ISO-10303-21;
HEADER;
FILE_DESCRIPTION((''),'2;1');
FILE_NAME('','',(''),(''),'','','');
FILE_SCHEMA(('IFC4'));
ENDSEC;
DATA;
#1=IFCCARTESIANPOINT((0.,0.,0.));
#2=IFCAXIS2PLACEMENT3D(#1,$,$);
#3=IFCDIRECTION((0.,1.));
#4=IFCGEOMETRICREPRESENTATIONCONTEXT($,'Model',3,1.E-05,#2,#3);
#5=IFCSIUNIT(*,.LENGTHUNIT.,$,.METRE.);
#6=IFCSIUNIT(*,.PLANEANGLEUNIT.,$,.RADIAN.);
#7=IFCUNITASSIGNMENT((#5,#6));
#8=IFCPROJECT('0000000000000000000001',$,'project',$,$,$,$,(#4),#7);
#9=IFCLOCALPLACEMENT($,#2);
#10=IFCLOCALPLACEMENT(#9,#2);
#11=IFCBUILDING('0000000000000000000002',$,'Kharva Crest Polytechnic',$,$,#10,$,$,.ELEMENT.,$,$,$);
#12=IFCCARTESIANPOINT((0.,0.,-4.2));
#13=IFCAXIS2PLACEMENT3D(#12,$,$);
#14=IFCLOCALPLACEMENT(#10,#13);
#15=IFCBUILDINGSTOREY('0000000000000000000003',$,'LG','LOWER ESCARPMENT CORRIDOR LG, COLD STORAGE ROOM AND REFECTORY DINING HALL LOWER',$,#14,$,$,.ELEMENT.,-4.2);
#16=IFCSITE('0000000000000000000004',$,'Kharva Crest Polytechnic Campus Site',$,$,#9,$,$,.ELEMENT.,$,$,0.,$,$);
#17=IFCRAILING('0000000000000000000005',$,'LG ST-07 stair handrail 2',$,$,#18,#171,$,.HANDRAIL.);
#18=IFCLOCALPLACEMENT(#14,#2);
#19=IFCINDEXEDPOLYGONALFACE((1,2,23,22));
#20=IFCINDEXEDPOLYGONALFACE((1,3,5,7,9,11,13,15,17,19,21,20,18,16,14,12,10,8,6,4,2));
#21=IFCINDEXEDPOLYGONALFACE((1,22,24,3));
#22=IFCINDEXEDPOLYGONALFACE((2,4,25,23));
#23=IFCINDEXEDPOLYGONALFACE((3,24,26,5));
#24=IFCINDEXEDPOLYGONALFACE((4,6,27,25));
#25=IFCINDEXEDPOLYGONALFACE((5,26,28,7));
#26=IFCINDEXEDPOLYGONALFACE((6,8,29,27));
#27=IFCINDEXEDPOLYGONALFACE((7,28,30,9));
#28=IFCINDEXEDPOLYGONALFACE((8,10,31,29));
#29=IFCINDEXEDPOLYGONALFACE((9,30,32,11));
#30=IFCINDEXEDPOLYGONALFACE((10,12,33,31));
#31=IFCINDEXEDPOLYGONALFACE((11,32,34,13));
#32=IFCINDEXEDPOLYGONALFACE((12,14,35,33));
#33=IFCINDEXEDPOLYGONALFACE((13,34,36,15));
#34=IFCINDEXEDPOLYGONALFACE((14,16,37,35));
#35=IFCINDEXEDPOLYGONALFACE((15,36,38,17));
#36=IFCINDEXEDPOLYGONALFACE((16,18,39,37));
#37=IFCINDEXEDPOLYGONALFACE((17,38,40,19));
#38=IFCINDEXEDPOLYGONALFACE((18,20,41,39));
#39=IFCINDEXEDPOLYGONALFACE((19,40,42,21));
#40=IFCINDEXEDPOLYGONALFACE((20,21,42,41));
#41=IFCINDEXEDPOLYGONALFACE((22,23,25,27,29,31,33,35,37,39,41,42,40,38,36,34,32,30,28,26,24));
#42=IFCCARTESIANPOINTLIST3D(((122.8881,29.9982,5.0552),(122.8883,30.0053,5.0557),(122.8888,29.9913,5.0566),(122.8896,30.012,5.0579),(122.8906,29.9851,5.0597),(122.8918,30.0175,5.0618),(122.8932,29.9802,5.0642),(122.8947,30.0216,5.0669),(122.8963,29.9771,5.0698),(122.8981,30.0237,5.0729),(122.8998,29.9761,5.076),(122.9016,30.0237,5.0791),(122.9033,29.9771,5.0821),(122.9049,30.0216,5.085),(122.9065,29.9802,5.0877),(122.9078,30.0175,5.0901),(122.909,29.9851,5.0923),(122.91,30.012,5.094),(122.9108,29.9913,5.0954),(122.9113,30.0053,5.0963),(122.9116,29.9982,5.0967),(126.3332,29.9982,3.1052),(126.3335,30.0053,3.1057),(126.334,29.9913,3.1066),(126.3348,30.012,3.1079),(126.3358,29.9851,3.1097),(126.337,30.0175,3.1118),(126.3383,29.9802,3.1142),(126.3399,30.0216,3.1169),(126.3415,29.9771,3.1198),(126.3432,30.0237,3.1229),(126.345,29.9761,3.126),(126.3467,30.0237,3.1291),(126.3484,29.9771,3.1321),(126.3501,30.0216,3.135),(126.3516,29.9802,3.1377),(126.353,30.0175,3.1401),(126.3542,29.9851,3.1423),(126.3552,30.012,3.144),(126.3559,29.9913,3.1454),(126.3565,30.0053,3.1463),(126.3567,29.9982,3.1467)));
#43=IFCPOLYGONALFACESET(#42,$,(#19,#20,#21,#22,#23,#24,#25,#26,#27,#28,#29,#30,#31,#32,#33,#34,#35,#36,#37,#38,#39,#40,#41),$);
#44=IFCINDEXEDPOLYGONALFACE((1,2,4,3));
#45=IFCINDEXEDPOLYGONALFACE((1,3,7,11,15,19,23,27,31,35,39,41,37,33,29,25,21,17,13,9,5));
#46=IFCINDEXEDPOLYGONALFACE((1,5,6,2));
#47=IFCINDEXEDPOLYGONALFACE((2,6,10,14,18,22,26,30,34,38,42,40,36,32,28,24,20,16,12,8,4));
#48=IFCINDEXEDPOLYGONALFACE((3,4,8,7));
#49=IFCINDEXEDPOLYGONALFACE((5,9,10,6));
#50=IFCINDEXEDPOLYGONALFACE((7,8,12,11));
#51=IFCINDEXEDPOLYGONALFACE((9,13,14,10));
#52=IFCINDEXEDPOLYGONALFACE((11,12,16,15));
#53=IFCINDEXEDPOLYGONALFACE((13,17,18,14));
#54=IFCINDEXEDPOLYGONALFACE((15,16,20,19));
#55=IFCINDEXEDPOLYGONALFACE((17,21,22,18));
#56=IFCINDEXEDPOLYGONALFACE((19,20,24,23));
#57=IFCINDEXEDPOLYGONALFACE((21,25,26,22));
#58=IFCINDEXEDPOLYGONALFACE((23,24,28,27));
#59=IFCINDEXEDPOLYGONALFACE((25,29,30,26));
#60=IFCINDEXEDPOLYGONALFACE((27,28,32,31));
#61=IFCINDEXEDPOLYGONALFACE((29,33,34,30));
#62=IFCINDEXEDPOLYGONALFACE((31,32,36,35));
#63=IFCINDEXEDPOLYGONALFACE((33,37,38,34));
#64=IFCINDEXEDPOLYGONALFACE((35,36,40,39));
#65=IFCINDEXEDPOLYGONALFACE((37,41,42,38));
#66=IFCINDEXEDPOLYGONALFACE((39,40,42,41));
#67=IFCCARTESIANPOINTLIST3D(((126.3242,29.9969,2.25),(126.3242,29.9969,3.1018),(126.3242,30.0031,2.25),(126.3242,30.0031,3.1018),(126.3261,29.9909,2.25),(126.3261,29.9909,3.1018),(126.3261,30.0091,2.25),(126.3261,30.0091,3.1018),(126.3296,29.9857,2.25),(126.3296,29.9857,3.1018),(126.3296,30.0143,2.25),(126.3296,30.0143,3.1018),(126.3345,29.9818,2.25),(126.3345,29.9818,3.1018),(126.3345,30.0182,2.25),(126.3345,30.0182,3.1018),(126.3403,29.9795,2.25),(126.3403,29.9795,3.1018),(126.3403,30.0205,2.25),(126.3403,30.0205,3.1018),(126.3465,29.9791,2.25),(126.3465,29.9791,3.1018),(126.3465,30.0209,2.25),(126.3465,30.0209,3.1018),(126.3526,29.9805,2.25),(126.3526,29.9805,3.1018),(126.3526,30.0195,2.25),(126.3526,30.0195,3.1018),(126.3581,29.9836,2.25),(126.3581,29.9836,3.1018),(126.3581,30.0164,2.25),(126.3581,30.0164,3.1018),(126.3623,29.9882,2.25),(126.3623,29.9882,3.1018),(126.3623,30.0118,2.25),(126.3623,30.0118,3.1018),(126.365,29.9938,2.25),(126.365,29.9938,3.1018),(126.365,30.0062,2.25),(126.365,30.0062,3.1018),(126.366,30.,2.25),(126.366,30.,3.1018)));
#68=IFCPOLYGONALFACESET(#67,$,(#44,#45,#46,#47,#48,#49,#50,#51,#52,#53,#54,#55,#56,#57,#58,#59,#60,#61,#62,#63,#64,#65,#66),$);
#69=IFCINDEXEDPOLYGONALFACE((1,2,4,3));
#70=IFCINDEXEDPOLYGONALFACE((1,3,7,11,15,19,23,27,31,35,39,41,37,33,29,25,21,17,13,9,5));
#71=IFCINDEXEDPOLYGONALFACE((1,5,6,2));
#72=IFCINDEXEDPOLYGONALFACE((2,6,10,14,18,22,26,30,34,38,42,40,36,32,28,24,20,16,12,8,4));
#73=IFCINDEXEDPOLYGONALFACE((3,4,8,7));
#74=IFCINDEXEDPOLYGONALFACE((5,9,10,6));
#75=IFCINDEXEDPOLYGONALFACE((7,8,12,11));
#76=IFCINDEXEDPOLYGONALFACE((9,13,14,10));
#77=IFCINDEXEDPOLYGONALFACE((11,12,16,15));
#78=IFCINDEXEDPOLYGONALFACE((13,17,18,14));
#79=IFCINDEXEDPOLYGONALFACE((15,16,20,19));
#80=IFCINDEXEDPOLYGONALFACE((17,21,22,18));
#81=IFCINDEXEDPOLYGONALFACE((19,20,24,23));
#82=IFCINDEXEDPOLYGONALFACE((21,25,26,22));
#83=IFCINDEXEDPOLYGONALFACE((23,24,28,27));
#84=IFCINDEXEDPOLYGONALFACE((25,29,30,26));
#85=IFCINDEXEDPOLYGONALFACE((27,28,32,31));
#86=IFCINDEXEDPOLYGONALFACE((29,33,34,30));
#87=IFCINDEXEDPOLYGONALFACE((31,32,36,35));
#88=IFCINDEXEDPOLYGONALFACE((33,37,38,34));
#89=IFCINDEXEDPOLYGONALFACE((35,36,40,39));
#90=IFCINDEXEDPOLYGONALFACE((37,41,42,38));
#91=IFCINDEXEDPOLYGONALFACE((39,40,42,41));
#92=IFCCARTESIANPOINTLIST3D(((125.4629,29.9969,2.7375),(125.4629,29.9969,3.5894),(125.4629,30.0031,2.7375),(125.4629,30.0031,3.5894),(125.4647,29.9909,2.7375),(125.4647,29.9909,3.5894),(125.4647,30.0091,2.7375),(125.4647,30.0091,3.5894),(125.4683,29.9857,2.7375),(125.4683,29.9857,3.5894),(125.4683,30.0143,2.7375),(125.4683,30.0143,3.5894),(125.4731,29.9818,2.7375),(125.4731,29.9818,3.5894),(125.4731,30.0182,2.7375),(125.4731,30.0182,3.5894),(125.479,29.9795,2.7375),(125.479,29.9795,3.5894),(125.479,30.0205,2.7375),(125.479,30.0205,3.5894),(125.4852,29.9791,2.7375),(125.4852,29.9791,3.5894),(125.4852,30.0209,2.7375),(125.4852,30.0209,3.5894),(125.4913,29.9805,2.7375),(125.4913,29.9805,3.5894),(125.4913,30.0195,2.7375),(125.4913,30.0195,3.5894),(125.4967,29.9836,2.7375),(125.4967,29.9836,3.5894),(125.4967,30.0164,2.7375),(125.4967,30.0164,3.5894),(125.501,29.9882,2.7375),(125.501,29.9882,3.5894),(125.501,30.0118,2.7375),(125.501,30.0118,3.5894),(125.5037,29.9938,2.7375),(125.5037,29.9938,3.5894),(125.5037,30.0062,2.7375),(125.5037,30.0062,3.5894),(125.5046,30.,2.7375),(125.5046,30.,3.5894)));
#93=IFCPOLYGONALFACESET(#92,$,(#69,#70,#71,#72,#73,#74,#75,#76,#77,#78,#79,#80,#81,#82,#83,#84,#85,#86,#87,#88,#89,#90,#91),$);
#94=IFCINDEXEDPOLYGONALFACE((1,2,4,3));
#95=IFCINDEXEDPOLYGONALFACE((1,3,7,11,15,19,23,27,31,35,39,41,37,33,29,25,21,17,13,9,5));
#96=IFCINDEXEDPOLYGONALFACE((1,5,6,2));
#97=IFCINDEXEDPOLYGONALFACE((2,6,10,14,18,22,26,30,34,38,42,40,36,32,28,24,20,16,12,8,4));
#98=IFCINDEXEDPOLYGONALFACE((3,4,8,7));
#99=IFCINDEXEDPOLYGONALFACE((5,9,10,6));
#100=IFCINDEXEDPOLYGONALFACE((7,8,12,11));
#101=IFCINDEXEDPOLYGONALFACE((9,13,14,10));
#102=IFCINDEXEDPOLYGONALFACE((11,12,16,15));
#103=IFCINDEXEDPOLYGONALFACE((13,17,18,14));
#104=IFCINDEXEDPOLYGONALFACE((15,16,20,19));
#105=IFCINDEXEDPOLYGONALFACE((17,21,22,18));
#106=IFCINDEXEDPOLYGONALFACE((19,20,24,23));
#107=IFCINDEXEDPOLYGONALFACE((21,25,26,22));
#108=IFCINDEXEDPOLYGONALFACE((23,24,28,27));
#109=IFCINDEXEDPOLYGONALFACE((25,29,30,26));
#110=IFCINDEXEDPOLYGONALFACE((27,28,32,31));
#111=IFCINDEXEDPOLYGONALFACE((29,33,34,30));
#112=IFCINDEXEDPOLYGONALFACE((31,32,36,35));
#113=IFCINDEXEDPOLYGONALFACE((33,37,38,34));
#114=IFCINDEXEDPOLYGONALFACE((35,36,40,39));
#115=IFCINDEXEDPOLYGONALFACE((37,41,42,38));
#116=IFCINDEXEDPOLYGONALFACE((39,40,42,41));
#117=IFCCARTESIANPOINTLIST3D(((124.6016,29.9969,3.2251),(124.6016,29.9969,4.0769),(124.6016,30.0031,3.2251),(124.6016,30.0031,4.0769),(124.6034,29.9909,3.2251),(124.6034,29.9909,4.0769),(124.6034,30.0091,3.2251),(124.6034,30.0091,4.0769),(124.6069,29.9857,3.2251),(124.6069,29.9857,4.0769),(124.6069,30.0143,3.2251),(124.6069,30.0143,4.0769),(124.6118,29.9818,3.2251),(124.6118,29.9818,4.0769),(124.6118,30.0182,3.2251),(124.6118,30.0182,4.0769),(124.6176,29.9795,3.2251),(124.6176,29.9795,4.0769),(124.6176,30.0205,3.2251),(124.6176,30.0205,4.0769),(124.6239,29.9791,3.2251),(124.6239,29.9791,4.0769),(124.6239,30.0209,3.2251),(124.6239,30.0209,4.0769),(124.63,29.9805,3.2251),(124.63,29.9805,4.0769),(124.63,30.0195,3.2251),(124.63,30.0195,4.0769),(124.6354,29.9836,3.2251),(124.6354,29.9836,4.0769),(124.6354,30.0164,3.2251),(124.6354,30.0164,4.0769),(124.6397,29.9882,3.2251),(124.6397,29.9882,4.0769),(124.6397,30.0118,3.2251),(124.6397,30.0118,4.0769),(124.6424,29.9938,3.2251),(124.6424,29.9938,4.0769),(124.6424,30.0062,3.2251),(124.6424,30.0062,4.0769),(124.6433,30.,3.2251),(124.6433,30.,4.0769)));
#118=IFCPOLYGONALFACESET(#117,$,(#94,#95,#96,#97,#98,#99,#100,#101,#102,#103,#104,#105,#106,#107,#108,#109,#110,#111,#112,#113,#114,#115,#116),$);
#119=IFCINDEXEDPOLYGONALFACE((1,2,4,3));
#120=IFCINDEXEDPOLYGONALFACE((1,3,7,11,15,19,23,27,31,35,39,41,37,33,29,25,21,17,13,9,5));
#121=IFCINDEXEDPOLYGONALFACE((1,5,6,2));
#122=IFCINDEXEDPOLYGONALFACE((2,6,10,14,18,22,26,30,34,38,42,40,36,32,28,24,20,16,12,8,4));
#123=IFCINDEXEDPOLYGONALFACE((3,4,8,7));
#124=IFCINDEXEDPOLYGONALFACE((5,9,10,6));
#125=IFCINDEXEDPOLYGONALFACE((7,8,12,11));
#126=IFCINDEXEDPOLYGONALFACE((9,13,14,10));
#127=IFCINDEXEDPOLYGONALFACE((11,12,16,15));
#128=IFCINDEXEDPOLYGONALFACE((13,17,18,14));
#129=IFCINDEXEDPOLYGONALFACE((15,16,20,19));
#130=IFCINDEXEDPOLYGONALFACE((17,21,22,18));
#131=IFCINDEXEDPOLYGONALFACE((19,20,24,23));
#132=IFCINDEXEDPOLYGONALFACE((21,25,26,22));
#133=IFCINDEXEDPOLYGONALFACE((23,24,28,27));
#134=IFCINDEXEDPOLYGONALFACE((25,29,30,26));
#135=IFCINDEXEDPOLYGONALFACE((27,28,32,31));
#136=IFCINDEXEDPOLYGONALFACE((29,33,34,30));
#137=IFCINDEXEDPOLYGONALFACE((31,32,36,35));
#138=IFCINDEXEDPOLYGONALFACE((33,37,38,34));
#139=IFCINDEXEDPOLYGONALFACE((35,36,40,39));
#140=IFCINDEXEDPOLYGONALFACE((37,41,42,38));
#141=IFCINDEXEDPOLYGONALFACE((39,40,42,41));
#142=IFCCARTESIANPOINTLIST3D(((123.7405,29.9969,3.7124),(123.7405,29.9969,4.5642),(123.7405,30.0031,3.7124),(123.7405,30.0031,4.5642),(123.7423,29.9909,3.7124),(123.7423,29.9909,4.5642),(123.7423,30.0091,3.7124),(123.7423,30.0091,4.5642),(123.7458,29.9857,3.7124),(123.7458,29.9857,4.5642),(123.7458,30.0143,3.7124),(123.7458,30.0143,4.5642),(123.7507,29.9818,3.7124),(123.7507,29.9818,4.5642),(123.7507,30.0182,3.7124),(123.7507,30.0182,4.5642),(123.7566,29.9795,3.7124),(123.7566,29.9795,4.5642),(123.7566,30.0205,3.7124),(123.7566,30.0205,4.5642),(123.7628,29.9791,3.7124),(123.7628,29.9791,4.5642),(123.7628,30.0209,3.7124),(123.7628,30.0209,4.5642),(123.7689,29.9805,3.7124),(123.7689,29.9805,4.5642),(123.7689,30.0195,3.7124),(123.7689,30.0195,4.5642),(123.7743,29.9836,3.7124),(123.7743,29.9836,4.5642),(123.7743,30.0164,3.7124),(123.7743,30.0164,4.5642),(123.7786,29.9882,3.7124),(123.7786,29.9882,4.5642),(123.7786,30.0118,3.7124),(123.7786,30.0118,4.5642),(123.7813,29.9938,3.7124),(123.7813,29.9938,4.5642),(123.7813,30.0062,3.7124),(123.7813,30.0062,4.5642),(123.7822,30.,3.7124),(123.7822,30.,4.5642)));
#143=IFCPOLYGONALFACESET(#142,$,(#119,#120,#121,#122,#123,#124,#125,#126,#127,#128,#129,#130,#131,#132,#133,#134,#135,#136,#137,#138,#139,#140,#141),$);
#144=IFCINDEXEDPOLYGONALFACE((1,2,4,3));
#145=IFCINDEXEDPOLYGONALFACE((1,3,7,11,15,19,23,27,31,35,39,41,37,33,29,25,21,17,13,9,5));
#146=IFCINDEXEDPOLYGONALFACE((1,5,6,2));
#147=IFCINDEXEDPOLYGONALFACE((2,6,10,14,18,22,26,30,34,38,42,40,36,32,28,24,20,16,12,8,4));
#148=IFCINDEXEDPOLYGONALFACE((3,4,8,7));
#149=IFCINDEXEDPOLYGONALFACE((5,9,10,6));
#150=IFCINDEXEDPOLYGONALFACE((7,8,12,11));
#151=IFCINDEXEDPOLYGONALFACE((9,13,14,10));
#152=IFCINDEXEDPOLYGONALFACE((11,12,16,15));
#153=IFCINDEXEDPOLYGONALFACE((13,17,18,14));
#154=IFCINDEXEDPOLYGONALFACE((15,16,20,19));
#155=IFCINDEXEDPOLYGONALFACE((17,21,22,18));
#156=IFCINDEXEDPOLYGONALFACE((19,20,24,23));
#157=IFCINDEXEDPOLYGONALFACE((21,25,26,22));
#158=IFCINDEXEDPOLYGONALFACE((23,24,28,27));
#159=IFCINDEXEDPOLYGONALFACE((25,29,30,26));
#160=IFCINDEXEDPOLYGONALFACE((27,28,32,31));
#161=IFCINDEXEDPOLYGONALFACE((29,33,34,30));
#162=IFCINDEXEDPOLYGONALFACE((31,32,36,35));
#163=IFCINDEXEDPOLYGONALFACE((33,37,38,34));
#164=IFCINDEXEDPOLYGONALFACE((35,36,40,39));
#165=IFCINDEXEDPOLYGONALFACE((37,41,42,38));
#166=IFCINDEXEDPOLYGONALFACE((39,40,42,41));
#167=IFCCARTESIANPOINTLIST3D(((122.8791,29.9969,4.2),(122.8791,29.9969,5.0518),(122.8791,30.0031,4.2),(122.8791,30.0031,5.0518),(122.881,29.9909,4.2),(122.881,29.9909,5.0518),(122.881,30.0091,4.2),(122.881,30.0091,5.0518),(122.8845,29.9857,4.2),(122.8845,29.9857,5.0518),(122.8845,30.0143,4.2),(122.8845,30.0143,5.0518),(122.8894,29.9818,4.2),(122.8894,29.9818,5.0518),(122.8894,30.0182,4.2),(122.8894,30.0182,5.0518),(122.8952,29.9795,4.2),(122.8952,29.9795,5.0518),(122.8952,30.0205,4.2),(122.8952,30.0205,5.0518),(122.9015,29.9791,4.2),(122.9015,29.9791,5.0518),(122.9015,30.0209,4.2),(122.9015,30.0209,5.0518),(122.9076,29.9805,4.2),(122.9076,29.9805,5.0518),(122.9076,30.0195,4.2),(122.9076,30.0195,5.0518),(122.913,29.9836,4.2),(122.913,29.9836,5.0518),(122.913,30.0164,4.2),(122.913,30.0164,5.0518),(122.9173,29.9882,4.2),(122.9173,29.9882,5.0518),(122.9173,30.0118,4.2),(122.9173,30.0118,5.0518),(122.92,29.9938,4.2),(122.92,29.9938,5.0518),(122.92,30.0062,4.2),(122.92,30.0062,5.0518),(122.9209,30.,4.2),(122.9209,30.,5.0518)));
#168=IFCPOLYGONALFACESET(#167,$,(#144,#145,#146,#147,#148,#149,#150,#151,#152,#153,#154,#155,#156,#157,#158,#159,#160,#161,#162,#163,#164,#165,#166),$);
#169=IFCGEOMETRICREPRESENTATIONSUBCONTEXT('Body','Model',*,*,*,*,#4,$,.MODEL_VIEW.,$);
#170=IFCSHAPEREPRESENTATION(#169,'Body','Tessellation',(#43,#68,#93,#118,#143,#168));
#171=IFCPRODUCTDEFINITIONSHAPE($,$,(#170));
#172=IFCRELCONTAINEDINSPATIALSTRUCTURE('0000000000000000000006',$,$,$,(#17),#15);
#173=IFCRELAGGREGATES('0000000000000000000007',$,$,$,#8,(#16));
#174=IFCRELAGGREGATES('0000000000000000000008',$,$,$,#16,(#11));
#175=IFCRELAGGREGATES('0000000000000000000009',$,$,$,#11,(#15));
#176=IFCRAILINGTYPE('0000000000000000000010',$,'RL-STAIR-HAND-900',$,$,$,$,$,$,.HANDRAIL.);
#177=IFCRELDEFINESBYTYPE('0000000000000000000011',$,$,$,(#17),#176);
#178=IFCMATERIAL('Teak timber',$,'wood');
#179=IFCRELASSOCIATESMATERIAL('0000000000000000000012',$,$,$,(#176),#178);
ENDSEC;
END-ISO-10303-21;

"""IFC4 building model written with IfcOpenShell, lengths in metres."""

from ifc_helpers import new_model, si_unit, direction, frame, origin, origin_2d, place, context, subcontext, project, spatial, circle, extrude, material, type_object, element, save


model = new_model("IFC4")

# Units and contexts
model_context = context("Model", 3, precision=1e-05, world=origin(), true_north=direction((0.0, 1.0)))
body_context = subcontext(model_context, "Body", "Model", "MODEL_VIEW")
ifc_project = project(units=[si_unit("LENGTHUNIT", "METRE"), si_unit("PLANEANGLEUNIT", "RADIAN")], contexts=[model_context])

# Site, building, storey
site_placement = place(None, origin())
site = spatial("IfcSite", under=ifc_project, at=site_placement, Name="Kharva Crest Polytechnic Campus Site", CompositionType="ELEMENT", RefElevation=0.0)
building_placement = place(site_placement, origin())
building = spatial("IfcBuilding", under=site, at=building_placement, Name="Kharva Crest Polytechnic", CompositionType="ELEMENT")
storey_placement = place(building_placement, frame((0.0, 0.0, -4.2)))
storey = spatial("IfcBuildingStorey", under=building, at=storey_placement, Name="LG", Description="LOWER ESCARPMENT CORRIDOR LG, COLD STORAGE ROOM AND REFECTORY DINING HALL LOWER", CompositionType="ELEMENT", Elevation=-4.2)

# Shared definitions
ifc_material_1 = material(Name="Teak timber", Category="wood")

# Railing
railing_type_1 = type_object("IfcRailingType", Name="RL-STAIR-HAND-900", PredefinedType="HANDRAIL", material=ifc_material_1)
railing_1_placement = place(storey_placement, frame((126.345, 30.0, 2.25)))
element("IfcRailing", 1, at=railing_1_placement, inside=storey, type_object=railing_type_1, Name="LG ST-07 stair handrail 2", PredefinedType="HANDRAIL", context=body_context, shape_type="SweptSolid", body=[
    extrude(circle(Radius=0.0239, at=origin_2d()), frame((0.0, 0.0, 0.876), z_axis=(-0.870266, 0.0, 0.492581), x_axis=(0.0, -1.0, 0.0)), (0.0, 0.0, 1.0), 3.9587),
    extrude(circle(Radius=0.021, at=origin_2d()), origin(), (0.0, 0.0, 1.0), 0.8518),
    extrude(circle(Radius=0.021, at=origin_2d()), frame((-0.8613, 0.0, 0.4875)), (0.0, 0.0, 1.0), 0.8518),
    extrude(circle(Radius=0.021, at=origin_2d()), frame((-1.7227, 0.0, 0.9751)), (0.0, 0.0, 1.0), 0.8518),
    extrude(circle(Radius=0.021, at=origin_2d()), frame((-2.5837, 0.0, 1.4624)), (0.0, 0.0, 1.0), 0.8518),
    extrude(circle(Radius=0.021, at=origin_2d()), frame((-3.4451, 0.0, 1.95)), (0.0, 0.0, 1.0), 0.8518),
])

save(model, "model.ifc")
